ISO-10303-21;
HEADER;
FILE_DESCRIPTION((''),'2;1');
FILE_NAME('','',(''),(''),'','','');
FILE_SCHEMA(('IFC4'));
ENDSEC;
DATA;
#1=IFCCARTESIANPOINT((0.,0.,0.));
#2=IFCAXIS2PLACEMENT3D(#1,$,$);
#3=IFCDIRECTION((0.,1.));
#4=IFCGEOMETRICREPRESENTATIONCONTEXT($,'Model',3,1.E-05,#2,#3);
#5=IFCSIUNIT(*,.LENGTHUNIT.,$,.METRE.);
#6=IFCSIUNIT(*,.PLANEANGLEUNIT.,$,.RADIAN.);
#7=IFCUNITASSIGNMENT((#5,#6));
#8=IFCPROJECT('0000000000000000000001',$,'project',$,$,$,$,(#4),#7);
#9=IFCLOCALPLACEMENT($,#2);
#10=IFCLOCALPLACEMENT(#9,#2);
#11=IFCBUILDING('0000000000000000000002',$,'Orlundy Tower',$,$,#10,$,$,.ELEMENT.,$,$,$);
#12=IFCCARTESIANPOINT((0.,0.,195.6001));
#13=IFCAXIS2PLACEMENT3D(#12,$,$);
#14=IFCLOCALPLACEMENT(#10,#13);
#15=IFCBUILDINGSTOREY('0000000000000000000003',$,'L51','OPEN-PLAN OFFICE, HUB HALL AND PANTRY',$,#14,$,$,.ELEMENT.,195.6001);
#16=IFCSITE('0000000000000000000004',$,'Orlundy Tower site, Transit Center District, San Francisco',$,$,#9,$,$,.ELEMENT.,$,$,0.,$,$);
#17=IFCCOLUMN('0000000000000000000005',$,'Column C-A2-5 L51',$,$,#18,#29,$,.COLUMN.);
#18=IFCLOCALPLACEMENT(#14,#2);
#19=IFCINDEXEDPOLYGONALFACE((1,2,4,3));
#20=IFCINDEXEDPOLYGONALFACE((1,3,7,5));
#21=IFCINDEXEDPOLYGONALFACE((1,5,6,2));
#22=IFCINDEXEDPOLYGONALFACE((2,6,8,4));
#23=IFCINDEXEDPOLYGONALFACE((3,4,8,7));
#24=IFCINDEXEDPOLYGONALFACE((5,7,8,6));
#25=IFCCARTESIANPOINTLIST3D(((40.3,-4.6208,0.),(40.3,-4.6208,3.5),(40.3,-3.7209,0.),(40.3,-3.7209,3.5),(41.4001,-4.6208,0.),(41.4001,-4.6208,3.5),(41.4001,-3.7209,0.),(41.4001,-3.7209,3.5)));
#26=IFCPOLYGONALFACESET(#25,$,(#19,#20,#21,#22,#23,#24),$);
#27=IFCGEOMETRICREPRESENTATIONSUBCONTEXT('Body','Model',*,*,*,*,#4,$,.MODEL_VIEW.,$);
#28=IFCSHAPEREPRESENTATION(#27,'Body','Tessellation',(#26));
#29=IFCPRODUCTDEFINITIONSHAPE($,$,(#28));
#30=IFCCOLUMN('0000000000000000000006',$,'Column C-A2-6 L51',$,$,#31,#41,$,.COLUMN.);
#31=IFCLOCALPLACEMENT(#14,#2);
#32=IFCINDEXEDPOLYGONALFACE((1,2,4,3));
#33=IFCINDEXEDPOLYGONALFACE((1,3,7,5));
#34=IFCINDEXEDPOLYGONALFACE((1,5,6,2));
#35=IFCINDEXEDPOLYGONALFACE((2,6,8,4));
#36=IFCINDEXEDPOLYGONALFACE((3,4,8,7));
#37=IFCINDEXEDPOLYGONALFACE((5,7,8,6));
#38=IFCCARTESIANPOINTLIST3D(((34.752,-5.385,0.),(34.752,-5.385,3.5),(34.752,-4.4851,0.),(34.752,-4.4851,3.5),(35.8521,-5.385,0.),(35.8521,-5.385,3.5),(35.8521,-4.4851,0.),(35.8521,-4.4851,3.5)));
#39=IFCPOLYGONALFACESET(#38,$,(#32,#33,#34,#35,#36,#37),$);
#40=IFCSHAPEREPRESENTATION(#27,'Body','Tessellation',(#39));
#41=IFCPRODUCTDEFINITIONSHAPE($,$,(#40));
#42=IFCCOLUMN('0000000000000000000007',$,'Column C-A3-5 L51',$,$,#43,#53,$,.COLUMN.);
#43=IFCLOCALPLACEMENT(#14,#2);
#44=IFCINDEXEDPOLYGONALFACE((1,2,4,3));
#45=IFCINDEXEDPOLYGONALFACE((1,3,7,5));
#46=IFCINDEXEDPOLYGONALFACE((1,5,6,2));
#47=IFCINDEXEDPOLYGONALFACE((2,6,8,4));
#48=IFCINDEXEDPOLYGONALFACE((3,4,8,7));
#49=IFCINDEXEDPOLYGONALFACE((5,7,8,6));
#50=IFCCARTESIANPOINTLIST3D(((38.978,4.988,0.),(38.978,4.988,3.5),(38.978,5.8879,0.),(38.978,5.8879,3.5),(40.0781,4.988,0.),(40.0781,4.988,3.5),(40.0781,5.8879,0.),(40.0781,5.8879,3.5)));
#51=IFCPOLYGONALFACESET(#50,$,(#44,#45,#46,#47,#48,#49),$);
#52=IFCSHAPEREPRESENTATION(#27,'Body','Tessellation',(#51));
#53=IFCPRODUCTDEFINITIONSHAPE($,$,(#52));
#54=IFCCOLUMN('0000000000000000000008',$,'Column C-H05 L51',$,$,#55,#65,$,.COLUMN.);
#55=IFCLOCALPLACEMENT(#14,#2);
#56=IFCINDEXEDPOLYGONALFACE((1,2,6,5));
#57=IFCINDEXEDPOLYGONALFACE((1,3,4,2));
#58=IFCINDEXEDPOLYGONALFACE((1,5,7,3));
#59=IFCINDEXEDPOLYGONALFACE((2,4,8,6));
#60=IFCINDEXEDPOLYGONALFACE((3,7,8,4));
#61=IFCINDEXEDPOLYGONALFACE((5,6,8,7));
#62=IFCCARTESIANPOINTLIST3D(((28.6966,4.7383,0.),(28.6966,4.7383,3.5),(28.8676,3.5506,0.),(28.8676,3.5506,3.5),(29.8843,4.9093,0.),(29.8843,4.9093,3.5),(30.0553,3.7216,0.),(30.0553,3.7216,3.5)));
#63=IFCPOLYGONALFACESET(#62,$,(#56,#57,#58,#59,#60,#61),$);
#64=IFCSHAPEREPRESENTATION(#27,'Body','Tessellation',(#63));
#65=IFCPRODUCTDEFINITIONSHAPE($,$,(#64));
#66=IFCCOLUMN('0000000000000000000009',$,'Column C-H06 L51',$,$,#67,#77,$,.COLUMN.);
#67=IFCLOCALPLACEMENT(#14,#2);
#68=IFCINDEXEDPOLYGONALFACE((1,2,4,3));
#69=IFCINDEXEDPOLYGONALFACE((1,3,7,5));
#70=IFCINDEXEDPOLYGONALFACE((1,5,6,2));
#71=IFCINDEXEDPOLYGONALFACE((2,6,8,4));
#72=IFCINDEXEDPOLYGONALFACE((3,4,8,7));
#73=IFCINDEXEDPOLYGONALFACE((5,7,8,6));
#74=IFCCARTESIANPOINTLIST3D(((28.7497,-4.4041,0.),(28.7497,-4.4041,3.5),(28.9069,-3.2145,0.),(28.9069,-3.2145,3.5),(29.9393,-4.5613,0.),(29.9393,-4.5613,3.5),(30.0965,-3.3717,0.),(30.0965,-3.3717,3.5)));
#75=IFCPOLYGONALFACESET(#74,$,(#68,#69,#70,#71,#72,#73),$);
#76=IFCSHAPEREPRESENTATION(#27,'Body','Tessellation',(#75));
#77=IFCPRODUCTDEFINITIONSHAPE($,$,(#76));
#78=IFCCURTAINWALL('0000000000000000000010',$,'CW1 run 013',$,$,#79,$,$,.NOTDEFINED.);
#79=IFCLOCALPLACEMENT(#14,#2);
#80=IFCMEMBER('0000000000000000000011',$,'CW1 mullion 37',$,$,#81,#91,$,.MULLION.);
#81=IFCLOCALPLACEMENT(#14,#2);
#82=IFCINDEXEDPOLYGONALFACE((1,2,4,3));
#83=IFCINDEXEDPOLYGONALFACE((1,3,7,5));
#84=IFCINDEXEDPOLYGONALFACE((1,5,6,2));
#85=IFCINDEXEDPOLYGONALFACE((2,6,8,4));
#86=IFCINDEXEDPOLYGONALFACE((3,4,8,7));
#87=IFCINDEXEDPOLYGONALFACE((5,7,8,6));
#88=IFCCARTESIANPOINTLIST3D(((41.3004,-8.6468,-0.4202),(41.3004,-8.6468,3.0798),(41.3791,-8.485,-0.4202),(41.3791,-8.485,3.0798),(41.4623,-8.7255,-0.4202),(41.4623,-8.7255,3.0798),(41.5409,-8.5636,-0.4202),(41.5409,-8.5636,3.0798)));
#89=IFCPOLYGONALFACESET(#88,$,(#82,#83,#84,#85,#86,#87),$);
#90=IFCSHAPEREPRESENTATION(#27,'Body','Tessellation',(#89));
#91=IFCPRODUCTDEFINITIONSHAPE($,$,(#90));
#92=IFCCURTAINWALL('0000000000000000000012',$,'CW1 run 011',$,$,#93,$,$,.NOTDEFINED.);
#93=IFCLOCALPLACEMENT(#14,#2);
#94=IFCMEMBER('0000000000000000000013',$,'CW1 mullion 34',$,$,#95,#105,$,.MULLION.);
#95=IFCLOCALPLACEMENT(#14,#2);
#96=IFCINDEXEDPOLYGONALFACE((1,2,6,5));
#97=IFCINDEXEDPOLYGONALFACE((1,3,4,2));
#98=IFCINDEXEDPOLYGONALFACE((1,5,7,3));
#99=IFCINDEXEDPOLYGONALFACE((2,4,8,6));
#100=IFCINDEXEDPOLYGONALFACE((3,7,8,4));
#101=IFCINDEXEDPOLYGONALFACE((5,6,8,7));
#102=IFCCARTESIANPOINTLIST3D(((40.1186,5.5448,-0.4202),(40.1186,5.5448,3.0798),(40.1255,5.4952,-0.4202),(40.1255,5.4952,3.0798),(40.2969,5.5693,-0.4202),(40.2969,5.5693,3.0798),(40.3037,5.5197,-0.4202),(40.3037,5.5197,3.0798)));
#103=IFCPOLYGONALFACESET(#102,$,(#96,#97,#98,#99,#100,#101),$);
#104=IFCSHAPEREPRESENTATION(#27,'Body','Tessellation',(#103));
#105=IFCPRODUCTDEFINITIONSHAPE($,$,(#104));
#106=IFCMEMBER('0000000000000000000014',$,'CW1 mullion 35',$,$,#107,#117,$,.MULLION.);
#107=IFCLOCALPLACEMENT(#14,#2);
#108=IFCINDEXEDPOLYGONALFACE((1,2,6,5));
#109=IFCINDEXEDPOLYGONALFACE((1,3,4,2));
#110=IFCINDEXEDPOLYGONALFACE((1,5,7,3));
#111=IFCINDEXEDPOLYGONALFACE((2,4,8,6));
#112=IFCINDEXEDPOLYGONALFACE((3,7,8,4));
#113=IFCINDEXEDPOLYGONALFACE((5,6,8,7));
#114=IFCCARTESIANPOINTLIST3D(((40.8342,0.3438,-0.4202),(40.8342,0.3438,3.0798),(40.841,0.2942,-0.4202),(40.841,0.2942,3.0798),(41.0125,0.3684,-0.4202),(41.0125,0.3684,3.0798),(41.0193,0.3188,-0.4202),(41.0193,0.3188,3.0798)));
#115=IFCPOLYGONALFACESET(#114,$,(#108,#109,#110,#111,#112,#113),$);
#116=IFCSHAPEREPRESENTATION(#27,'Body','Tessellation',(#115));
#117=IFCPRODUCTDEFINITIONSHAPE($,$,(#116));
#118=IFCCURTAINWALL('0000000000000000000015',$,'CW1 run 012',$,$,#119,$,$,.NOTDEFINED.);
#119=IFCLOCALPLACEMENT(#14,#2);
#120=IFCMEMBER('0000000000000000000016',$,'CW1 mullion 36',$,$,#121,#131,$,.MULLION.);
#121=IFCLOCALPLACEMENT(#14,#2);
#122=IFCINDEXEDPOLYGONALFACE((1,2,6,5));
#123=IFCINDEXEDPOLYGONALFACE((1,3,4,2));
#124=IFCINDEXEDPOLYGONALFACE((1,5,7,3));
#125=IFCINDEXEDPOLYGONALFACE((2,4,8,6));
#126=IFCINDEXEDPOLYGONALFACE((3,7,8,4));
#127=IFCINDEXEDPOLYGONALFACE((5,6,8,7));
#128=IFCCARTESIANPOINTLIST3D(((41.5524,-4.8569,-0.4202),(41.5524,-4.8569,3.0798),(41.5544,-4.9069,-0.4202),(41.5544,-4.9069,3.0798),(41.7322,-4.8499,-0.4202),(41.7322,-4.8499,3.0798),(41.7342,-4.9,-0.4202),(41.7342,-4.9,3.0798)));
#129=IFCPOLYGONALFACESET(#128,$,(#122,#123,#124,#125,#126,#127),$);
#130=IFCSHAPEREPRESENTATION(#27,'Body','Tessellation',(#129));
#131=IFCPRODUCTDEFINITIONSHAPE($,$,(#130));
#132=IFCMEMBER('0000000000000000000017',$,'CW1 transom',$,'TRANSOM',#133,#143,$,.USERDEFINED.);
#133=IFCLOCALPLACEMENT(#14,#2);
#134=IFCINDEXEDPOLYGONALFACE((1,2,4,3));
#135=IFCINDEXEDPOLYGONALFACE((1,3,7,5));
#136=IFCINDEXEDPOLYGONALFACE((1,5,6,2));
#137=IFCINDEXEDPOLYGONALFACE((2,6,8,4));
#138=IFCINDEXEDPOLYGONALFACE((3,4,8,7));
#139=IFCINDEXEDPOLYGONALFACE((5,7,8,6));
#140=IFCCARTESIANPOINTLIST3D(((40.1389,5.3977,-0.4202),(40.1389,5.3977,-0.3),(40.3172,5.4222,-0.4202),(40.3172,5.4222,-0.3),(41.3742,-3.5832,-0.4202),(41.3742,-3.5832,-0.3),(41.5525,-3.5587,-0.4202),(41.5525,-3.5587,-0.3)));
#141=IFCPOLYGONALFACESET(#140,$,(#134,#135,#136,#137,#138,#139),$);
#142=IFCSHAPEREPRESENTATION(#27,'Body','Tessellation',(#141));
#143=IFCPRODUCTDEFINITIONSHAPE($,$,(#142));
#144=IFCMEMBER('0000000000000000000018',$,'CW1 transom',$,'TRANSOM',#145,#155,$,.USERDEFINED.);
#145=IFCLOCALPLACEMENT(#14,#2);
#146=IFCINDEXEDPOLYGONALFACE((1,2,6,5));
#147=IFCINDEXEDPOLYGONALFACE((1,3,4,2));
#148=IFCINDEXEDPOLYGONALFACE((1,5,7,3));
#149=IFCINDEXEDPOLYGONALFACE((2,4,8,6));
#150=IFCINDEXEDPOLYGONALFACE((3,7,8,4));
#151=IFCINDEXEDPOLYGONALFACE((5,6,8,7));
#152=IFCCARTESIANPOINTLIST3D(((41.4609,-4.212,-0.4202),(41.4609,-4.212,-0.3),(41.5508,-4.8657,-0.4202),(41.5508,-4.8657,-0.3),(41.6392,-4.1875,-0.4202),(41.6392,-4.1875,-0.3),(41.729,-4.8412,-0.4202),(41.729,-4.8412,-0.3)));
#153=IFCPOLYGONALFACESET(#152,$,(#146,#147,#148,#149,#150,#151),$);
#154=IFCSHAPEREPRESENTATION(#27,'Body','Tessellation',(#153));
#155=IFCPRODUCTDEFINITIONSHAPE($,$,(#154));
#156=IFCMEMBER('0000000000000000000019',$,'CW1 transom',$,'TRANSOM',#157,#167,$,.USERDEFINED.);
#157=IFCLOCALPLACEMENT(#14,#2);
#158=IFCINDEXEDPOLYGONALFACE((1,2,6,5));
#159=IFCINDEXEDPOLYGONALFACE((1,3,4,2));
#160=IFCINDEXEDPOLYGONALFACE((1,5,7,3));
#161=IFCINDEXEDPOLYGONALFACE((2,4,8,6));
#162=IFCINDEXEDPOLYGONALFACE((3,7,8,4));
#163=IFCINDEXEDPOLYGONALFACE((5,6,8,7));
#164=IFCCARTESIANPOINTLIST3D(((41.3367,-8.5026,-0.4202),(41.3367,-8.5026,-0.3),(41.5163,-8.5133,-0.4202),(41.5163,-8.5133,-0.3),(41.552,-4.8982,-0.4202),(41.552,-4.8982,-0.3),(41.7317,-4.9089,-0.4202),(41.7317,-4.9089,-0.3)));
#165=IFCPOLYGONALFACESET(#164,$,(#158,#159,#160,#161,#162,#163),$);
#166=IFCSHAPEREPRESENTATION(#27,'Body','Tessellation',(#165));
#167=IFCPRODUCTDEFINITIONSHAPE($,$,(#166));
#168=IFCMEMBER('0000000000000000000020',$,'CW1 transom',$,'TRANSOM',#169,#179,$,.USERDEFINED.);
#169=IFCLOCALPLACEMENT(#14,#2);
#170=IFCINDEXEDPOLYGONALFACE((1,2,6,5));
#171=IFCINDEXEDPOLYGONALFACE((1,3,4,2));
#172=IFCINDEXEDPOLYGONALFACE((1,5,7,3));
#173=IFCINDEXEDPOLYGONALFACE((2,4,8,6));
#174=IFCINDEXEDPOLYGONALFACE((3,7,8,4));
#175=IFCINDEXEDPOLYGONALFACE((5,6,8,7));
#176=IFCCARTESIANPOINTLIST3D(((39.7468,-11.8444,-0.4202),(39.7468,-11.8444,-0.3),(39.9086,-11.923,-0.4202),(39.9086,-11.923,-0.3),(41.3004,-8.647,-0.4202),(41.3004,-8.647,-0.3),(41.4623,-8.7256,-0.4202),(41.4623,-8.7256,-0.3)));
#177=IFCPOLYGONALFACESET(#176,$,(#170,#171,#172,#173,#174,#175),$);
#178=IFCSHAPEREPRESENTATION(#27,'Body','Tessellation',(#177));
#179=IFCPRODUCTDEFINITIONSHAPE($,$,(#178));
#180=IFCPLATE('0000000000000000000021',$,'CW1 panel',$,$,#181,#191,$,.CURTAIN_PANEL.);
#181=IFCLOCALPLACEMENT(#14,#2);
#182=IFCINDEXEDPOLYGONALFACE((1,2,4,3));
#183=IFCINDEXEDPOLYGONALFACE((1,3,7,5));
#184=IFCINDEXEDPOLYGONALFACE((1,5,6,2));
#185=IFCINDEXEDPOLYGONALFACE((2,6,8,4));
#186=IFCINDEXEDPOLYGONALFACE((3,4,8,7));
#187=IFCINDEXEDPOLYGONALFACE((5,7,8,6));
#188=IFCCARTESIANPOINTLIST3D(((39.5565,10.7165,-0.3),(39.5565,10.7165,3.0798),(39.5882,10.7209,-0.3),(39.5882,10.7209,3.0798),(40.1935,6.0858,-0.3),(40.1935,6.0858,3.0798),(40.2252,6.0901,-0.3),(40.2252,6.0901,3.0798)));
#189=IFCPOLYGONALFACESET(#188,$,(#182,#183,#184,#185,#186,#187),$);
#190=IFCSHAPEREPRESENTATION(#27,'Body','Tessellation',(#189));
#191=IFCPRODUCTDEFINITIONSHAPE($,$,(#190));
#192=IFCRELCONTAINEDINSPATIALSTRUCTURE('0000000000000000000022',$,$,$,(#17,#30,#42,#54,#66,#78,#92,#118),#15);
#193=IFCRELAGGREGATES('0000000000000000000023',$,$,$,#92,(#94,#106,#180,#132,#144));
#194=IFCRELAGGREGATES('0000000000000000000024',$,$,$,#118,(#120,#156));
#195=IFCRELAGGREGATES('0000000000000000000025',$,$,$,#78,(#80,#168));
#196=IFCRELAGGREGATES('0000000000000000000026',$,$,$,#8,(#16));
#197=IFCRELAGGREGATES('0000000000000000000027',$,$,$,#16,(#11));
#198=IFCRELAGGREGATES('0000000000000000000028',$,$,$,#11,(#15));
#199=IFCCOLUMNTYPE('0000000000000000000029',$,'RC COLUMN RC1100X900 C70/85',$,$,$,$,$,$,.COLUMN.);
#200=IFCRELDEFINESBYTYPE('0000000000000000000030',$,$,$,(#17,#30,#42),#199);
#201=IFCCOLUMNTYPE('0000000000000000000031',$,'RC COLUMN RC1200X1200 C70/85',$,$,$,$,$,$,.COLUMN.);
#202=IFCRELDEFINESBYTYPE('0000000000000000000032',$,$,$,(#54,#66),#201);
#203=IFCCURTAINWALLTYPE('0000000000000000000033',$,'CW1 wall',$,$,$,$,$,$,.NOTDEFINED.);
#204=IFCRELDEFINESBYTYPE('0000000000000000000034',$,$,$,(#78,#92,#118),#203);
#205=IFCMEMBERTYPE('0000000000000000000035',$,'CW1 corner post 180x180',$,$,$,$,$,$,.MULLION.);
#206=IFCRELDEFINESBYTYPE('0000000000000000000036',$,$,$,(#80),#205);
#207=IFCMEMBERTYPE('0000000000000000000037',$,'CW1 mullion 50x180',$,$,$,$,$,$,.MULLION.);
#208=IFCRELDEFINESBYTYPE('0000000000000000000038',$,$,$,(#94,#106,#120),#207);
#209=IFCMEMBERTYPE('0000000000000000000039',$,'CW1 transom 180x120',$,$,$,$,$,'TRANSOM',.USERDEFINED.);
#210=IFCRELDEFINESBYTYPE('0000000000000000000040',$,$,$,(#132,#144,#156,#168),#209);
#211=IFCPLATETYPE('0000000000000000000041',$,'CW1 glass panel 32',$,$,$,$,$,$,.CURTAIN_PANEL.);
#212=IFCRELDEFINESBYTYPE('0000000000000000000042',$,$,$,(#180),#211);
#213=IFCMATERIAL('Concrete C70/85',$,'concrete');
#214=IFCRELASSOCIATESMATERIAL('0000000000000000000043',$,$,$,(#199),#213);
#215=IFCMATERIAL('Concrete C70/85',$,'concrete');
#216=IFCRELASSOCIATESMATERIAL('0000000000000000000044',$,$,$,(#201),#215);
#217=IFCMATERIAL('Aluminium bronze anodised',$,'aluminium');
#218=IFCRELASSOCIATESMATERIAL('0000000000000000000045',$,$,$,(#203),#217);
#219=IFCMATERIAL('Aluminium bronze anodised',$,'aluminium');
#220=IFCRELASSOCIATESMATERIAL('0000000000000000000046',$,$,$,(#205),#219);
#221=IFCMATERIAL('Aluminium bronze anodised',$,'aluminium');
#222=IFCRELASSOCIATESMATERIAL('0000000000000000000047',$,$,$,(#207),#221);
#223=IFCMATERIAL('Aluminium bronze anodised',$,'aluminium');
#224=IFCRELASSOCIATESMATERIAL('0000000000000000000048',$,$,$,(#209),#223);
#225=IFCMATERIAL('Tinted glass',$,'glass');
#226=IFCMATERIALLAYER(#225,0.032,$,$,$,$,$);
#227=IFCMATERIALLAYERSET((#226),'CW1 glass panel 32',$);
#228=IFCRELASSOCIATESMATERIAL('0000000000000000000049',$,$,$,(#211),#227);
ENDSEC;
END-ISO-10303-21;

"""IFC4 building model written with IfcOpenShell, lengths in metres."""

from ifc_helpers import new_model, si_unit, direction, frame, origin, origin_2d, place, context, subcontext, project, spatial, rectangle, extrude, material, layer, layer_set, material_profile, profile_set, type_object, element, aggregate, save


model = new_model("IFC4")

# Units and contexts
model_context = context("Model", 3, precision=1e-05, world=origin(), true_north=direction((0.0, 1.0)))
body_context = subcontext(model_context, "Body", "Model", "MODEL_VIEW")
ifc_project = project(units=[si_unit("LENGTHUNIT", "METRE"), si_unit("PLANEANGLEUNIT", "RADIAN")], contexts=[model_context])

# Site, building, storey
site_placement = place(None, origin())
site = spatial("IfcSite", under=ifc_project, at=site_placement, Name="Orlundy Tower site, Transit Center District, San Francisco", CompositionType="ELEMENT", RefElevation=0.0)
building_placement = place(site_placement, origin())
building = spatial("IfcBuilding", under=site, at=building_placement, Name="Orlundy Tower", CompositionType="ELEMENT")
storey_placement = place(building_placement, frame((0.0, 0.0, 195.6001)))
storey = spatial("IfcBuildingStorey", under=building, at=storey_placement, Name="L51", Description="OPEN-PLAN OFFICE, HUB HALL AND PANTRY", CompositionType="ELEMENT", Elevation=195.6001)

# Columns
ifc_material_1 = material(Name="Concrete C70/85", Category="concrete")
ifc_material_profile_1 = material_profile(ifc_material_1, rectangle(XDim=1.1001, YDim=0.8999, at=origin_2d()), Name="RC1100X900")
ifc_profile_set_1 = profile_set([ifc_material_profile_1], Name="Concrete C70/85")
column_type_1 = type_object("IfcColumnType", Name="RC COLUMN RC1100X900 C70/85", PredefinedType="COLUMN", material=ifc_profile_set_1)
for number, where, z_axis, x_axis, name in (
    (1, (40.8501, -4.1709, 0.0), (0.0, 0.0, 1.0), (1.0, 0.0, 0.0), "Column C-A2-5 L51"),
    (2, (35.302, -4.9351, 0.0), (0.0, 0.0, 1.0), (1.0, 0.0, 0.0), "Column C-A2-6 L51"),
    (3, (39.5281, 5.438, 0.0), (0.0, 0.0, 1.0), (1.0, 0.0, 0.0), "Column C-A3-5 L51"),
):
    element("IfcColumn", number, at=place(storey_placement, frame(where, z_axis=z_axis, x_axis=x_axis)), inside=storey, type_object=column_type_1, Name=name, PredefinedType="COLUMN", context=body_context, shape_type="SweptSolid", body=[
        extrude(rectangle(XDim=1.1001, YDim=0.8999, at=origin_2d()), origin(), (0.0, 0.0, 1.0), 3.5),
    ])
ifc_material_2 = material(Name="Concrete C70/85", Category="concrete")
ifc_material_profile_2 = material_profile(ifc_material_2, rectangle(XDim=1.2, YDim=1.2, at=origin_2d()), Name="RC1200X1200")
ifc_profile_set_2 = profile_set([ifc_material_profile_2], Name="Concrete C70/85")
column_type_2 = type_object("IfcColumnType", Name="RC COLUMN RC1200X1200 C70/85", PredefinedType="COLUMN", material=ifc_profile_set_2)
for number, where, z_axis, x_axis, name in (
    (4, (29.376, 4.23, 0.0), (0.0, 0.0, 1.0), (0.989791, 0.142525, 0.0), "Column C-H05 L51"),
    (5, (29.4231, -3.8879, 0.0), (0.0, 0.0, 1.0), (0.991381, -0.131011, 0.0), "Column C-H06 L51"),
):
    element("IfcColumn", number, at=place(storey_placement, frame(where, z_axis=z_axis, x_axis=x_axis)), inside=storey, type_object=column_type_2, Name=name, PredefinedType="COLUMN", context=body_context, shape_type="SweptSolid", body=[
        extrude(rectangle(XDim=1.2, YDim=1.2, at=origin_2d()), origin(), (0.0, 0.0, 1.0), 3.5),
    ])

# Curtain wall, member
ifc_material_3 = material(Name="Aluminium bronze anodised", Category="aluminium")
curtain_wall_type = type_object("IfcCurtainWallType", Name="CW1 wall", PredefinedType="NOTDEFINED", material=ifc_material_3)
curtain_wall_1_placement = place(storey_placement, origin())
curtain_wall_1 = element("IfcCurtainWall", 6, at=curtain_wall_1_placement, inside=storey, type_object=curtain_wall_type, Name="CW1 run 013", PredefinedType="NOTDEFINED")
ifc_material_4 = material(Name="Aluminium bronze anodised", Category="aluminium")
ifc_material_profile_3 = material_profile(ifc_material_4, rectangle(XDim=0.1799, YDim=0.1799, at=origin_2d()), Name="CW1 corner post 180x180")
ifc_profile_set_3 = profile_set([ifc_material_profile_3], Name="Aluminium bronze anodised")
member_type_1 = type_object("IfcMemberType", Name="CW1 corner post 180x180", PredefinedType="MULLION", material=ifc_profile_set_3)
member_1_placement = place(storey_placement, frame((41.4207, -8.6052, -0.4202), z_axis=(0.0, 0.0, 1.0), x_axis=(0.899442, -0.437041, 0.0)))
member_1 = element("IfcMember", 7, at=member_1_placement, type_object=member_type_1, Name="CW1 mullion 37", PredefinedType="MULLION", context=body_context, shape_type="SweptSolid", body=[
    extrude(rectangle(XDim=0.1799, YDim=0.1799, at=origin_2d()), origin(), (0.0, 0.0, 1.0), 3.5),
])

# Curtain wall, members
curtain_wall_2_placement = place(storey_placement, origin())
curtain_wall_2 = element("IfcCurtainWall", 8, at=curtain_wall_2_placement, inside=storey, type_object=curtain_wall_type, Name="CW1 run 011", PredefinedType="NOTDEFINED")
ifc_material_5 = material(Name="Aluminium bronze anodised", Category="aluminium")
ifc_material_profile_4 = material_profile(ifc_material_5, rectangle(XDim=0.1799, YDim=0.05, at=origin_2d()), Name="CW1 mullion 50x180")
ifc_profile_set_4 = profile_set([ifc_material_profile_4], Name="Aluminium bronze anodised")
member_type_2 = type_object("IfcMemberType", Name="CW1 mullion 50x180", PredefinedType="MULLION", material=ifc_profile_set_4)
member_2_placement = place(storey_placement, frame((40.2112, 5.5322, -0.4202), z_axis=(0.0, 0.0, 1.0), x_axis=(0.99067, 0.136286, 0.0)))
member_2 = element("IfcMember", 9, at=member_2_placement, type_object=member_type_2, Name="CW1 mullion 34", PredefinedType="MULLION", context=body_context, shape_type="SweptSolid", body=[
    extrude(rectangle(XDim=0.1799, YDim=0.05, at=origin_2d()), origin(), (0.0, 0.0, 1.0), 3.5),
])
member_3_placement = place(storey_placement, frame((40.9268, 0.3313, -0.4202), z_axis=(0.0, 0.0, 1.0), x_axis=(0.99067, 0.136286, 0.0)))
member_3 = element("IfcMember", 10, at=member_3_placement, type_object=member_type_2, Name="CW1 mullion 35", PredefinedType="MULLION", context=body_context, shape_type="SweptSolid", body=[
    extrude(rectangle(XDim=0.1799, YDim=0.05, at=origin_2d()), origin(), (0.0, 0.0, 1.0), 3.5),
])

# Curtain wall, member
curtain_wall_3_placement = place(storey_placement, origin())
curtain_wall_3 = element("IfcCurtainWall", 11, at=curtain_wall_3_placement, inside=storey, type_object=curtain_wall_type, Name="CW1 run 012", PredefinedType="NOTDEFINED")
member_4_placement = place(storey_placement, frame((41.6433, -4.8784, -0.4202), z_axis=(0.0, 0.0, 1.0), x_axis=(0.999258, 0.038517, 0.0)))
member_4 = element("IfcMember", 12, at=member_4_placement, type_object=member_type_2, Name="CW1 mullion 36", PredefinedType="MULLION", context=body_context, shape_type="SweptSolid", body=[
    extrude(rectangle(XDim=0.1799, YDim=0.05, at=origin_2d()), origin(), (0.0, 0.0, 1.0), 3.5),
])

# Members
ifc_material_6 = material(Name="Aluminium bronze anodised", Category="aluminium")
ifc_material_profile_5 = material_profile(ifc_material_6, rectangle(XDim=0.1799, YDim=0.1201, at=origin_2d()), Name="CW1 transom 180x120")
ifc_profile_set_5 = profile_set([ifc_material_profile_5], Name="Aluminium bronze anodised")
member_type_3 = type_object("IfcMemberType", Name="CW1 transom 180x120", ElementType="TRANSOM", PredefinedType="USERDEFINED", material=ifc_profile_set_5)
member_5_placement = place(storey_placement, frame((40.228, 5.4099, -0.3601), z_axis=(0.136269, -0.990672, 0.0), x_axis=(0.990672, 0.136269, 0.0)))
member_5 = element("IfcMember", 13, at=member_5_placement, type_object=member_type_3, Name="CW1 transom", ObjectType="TRANSOM", PredefinedType="USERDEFINED", context=body_context, shape_type="SweptSolid", body=[
    extrude(rectangle(XDim=0.1799, YDim=0.1201, at=origin_2d()), origin(), (0.0, 0.0, 1.0), 9.0654),
])
member_6_placement = place(storey_placement, frame((41.55, -4.1997, -0.3601), z_axis=(0.136137, -0.99069, 0.0), x_axis=(0.99069, 0.136137, 0.0)))
member_6 = element("IfcMember", 14, at=member_6_placement, type_object=member_type_3, Name="CW1 transom", ObjectType="TRANSOM", PredefinedType="USERDEFINED", context=body_context, shape_type="SweptSolid", body=[
    extrude(rectangle(XDim=0.1799, YDim=0.1201, at=origin_2d()), origin(), (0.0, 0.0, 1.0), 0.6599),
])
member_7_placement = place(storey_placement, frame((41.6418, -4.9036, -0.3601), z_axis=(-0.059634, -0.99822, 0.0), x_axis=(0.99822, -0.059634, 0.0)))
member_7 = element("IfcMember", 15, at=member_7_placement, type_object=member_type_3, Name="CW1 transom", ObjectType="TRANSOM", PredefinedType="USERDEFINED", context=body_context, shape_type="SweptSolid", body=[
    extrude(rectangle(XDim=0.1799, YDim=0.1201, at=origin_2d()), origin(), (0.0, 0.0, 1.0), 3.6108),
])
member_8_placement = place(storey_placement, frame((41.3813, -8.6863, -0.3601), z_axis=(-0.437048, -0.899438, 0.0), x_axis=(0.899438, -0.437048, 0.0)))
member_8 = element("IfcMember", 16, at=member_8_placement, type_object=member_type_3, Name="CW1 transom", ObjectType="TRANSOM", PredefinedType="USERDEFINED", context=body_context, shape_type="SweptSolid", body=[
    extrude(rectangle(XDim=0.1799, YDim=0.1201, at=origin_2d()), origin(), (0.0, 0.0, 1.0), 3.5549),
])

# Plate
ifc_material_7 = material(Name="Tinted glass", Category="glass")
ifc_layer_1 = layer(ifc_material_7, 0.032)
ifc_layer_set_1 = layer_set([ifc_layer_1], Name="CW1 glass panel 32")
plate_type = type_object("IfcPlateType", Name="CW1 glass panel 32", PredefinedType="CURTAIN_PANEL", material=ifc_layer_set_1)
plate_1_placement = place(storey_placement, frame((39.8909, 8.4033, -0.3), z_axis=(0.0, 0.0, 1.0), x_axis=(0.136286, -0.99067, 0.0)))
plate_1 = element("IfcPlate", 17, at=plate_1_placement, type_object=plate_type, Name="CW1 panel", PredefinedType="CURTAIN_PANEL", context=body_context, shape_type="SweptSolid", body=[
    extrude(rectangle(XDim=4.6743, YDim=0.032, at=origin_2d()), origin(), (0.0, 0.0, 1.0), 3.3799),
])
aggregate(curtain_wall_2, [member_2, member_3, plate_1, member_5, member_6])
aggregate(curtain_wall_3, [member_4, member_7])
aggregate(curtain_wall_1, [member_1, member_8])

save(model, "model.ifc")
